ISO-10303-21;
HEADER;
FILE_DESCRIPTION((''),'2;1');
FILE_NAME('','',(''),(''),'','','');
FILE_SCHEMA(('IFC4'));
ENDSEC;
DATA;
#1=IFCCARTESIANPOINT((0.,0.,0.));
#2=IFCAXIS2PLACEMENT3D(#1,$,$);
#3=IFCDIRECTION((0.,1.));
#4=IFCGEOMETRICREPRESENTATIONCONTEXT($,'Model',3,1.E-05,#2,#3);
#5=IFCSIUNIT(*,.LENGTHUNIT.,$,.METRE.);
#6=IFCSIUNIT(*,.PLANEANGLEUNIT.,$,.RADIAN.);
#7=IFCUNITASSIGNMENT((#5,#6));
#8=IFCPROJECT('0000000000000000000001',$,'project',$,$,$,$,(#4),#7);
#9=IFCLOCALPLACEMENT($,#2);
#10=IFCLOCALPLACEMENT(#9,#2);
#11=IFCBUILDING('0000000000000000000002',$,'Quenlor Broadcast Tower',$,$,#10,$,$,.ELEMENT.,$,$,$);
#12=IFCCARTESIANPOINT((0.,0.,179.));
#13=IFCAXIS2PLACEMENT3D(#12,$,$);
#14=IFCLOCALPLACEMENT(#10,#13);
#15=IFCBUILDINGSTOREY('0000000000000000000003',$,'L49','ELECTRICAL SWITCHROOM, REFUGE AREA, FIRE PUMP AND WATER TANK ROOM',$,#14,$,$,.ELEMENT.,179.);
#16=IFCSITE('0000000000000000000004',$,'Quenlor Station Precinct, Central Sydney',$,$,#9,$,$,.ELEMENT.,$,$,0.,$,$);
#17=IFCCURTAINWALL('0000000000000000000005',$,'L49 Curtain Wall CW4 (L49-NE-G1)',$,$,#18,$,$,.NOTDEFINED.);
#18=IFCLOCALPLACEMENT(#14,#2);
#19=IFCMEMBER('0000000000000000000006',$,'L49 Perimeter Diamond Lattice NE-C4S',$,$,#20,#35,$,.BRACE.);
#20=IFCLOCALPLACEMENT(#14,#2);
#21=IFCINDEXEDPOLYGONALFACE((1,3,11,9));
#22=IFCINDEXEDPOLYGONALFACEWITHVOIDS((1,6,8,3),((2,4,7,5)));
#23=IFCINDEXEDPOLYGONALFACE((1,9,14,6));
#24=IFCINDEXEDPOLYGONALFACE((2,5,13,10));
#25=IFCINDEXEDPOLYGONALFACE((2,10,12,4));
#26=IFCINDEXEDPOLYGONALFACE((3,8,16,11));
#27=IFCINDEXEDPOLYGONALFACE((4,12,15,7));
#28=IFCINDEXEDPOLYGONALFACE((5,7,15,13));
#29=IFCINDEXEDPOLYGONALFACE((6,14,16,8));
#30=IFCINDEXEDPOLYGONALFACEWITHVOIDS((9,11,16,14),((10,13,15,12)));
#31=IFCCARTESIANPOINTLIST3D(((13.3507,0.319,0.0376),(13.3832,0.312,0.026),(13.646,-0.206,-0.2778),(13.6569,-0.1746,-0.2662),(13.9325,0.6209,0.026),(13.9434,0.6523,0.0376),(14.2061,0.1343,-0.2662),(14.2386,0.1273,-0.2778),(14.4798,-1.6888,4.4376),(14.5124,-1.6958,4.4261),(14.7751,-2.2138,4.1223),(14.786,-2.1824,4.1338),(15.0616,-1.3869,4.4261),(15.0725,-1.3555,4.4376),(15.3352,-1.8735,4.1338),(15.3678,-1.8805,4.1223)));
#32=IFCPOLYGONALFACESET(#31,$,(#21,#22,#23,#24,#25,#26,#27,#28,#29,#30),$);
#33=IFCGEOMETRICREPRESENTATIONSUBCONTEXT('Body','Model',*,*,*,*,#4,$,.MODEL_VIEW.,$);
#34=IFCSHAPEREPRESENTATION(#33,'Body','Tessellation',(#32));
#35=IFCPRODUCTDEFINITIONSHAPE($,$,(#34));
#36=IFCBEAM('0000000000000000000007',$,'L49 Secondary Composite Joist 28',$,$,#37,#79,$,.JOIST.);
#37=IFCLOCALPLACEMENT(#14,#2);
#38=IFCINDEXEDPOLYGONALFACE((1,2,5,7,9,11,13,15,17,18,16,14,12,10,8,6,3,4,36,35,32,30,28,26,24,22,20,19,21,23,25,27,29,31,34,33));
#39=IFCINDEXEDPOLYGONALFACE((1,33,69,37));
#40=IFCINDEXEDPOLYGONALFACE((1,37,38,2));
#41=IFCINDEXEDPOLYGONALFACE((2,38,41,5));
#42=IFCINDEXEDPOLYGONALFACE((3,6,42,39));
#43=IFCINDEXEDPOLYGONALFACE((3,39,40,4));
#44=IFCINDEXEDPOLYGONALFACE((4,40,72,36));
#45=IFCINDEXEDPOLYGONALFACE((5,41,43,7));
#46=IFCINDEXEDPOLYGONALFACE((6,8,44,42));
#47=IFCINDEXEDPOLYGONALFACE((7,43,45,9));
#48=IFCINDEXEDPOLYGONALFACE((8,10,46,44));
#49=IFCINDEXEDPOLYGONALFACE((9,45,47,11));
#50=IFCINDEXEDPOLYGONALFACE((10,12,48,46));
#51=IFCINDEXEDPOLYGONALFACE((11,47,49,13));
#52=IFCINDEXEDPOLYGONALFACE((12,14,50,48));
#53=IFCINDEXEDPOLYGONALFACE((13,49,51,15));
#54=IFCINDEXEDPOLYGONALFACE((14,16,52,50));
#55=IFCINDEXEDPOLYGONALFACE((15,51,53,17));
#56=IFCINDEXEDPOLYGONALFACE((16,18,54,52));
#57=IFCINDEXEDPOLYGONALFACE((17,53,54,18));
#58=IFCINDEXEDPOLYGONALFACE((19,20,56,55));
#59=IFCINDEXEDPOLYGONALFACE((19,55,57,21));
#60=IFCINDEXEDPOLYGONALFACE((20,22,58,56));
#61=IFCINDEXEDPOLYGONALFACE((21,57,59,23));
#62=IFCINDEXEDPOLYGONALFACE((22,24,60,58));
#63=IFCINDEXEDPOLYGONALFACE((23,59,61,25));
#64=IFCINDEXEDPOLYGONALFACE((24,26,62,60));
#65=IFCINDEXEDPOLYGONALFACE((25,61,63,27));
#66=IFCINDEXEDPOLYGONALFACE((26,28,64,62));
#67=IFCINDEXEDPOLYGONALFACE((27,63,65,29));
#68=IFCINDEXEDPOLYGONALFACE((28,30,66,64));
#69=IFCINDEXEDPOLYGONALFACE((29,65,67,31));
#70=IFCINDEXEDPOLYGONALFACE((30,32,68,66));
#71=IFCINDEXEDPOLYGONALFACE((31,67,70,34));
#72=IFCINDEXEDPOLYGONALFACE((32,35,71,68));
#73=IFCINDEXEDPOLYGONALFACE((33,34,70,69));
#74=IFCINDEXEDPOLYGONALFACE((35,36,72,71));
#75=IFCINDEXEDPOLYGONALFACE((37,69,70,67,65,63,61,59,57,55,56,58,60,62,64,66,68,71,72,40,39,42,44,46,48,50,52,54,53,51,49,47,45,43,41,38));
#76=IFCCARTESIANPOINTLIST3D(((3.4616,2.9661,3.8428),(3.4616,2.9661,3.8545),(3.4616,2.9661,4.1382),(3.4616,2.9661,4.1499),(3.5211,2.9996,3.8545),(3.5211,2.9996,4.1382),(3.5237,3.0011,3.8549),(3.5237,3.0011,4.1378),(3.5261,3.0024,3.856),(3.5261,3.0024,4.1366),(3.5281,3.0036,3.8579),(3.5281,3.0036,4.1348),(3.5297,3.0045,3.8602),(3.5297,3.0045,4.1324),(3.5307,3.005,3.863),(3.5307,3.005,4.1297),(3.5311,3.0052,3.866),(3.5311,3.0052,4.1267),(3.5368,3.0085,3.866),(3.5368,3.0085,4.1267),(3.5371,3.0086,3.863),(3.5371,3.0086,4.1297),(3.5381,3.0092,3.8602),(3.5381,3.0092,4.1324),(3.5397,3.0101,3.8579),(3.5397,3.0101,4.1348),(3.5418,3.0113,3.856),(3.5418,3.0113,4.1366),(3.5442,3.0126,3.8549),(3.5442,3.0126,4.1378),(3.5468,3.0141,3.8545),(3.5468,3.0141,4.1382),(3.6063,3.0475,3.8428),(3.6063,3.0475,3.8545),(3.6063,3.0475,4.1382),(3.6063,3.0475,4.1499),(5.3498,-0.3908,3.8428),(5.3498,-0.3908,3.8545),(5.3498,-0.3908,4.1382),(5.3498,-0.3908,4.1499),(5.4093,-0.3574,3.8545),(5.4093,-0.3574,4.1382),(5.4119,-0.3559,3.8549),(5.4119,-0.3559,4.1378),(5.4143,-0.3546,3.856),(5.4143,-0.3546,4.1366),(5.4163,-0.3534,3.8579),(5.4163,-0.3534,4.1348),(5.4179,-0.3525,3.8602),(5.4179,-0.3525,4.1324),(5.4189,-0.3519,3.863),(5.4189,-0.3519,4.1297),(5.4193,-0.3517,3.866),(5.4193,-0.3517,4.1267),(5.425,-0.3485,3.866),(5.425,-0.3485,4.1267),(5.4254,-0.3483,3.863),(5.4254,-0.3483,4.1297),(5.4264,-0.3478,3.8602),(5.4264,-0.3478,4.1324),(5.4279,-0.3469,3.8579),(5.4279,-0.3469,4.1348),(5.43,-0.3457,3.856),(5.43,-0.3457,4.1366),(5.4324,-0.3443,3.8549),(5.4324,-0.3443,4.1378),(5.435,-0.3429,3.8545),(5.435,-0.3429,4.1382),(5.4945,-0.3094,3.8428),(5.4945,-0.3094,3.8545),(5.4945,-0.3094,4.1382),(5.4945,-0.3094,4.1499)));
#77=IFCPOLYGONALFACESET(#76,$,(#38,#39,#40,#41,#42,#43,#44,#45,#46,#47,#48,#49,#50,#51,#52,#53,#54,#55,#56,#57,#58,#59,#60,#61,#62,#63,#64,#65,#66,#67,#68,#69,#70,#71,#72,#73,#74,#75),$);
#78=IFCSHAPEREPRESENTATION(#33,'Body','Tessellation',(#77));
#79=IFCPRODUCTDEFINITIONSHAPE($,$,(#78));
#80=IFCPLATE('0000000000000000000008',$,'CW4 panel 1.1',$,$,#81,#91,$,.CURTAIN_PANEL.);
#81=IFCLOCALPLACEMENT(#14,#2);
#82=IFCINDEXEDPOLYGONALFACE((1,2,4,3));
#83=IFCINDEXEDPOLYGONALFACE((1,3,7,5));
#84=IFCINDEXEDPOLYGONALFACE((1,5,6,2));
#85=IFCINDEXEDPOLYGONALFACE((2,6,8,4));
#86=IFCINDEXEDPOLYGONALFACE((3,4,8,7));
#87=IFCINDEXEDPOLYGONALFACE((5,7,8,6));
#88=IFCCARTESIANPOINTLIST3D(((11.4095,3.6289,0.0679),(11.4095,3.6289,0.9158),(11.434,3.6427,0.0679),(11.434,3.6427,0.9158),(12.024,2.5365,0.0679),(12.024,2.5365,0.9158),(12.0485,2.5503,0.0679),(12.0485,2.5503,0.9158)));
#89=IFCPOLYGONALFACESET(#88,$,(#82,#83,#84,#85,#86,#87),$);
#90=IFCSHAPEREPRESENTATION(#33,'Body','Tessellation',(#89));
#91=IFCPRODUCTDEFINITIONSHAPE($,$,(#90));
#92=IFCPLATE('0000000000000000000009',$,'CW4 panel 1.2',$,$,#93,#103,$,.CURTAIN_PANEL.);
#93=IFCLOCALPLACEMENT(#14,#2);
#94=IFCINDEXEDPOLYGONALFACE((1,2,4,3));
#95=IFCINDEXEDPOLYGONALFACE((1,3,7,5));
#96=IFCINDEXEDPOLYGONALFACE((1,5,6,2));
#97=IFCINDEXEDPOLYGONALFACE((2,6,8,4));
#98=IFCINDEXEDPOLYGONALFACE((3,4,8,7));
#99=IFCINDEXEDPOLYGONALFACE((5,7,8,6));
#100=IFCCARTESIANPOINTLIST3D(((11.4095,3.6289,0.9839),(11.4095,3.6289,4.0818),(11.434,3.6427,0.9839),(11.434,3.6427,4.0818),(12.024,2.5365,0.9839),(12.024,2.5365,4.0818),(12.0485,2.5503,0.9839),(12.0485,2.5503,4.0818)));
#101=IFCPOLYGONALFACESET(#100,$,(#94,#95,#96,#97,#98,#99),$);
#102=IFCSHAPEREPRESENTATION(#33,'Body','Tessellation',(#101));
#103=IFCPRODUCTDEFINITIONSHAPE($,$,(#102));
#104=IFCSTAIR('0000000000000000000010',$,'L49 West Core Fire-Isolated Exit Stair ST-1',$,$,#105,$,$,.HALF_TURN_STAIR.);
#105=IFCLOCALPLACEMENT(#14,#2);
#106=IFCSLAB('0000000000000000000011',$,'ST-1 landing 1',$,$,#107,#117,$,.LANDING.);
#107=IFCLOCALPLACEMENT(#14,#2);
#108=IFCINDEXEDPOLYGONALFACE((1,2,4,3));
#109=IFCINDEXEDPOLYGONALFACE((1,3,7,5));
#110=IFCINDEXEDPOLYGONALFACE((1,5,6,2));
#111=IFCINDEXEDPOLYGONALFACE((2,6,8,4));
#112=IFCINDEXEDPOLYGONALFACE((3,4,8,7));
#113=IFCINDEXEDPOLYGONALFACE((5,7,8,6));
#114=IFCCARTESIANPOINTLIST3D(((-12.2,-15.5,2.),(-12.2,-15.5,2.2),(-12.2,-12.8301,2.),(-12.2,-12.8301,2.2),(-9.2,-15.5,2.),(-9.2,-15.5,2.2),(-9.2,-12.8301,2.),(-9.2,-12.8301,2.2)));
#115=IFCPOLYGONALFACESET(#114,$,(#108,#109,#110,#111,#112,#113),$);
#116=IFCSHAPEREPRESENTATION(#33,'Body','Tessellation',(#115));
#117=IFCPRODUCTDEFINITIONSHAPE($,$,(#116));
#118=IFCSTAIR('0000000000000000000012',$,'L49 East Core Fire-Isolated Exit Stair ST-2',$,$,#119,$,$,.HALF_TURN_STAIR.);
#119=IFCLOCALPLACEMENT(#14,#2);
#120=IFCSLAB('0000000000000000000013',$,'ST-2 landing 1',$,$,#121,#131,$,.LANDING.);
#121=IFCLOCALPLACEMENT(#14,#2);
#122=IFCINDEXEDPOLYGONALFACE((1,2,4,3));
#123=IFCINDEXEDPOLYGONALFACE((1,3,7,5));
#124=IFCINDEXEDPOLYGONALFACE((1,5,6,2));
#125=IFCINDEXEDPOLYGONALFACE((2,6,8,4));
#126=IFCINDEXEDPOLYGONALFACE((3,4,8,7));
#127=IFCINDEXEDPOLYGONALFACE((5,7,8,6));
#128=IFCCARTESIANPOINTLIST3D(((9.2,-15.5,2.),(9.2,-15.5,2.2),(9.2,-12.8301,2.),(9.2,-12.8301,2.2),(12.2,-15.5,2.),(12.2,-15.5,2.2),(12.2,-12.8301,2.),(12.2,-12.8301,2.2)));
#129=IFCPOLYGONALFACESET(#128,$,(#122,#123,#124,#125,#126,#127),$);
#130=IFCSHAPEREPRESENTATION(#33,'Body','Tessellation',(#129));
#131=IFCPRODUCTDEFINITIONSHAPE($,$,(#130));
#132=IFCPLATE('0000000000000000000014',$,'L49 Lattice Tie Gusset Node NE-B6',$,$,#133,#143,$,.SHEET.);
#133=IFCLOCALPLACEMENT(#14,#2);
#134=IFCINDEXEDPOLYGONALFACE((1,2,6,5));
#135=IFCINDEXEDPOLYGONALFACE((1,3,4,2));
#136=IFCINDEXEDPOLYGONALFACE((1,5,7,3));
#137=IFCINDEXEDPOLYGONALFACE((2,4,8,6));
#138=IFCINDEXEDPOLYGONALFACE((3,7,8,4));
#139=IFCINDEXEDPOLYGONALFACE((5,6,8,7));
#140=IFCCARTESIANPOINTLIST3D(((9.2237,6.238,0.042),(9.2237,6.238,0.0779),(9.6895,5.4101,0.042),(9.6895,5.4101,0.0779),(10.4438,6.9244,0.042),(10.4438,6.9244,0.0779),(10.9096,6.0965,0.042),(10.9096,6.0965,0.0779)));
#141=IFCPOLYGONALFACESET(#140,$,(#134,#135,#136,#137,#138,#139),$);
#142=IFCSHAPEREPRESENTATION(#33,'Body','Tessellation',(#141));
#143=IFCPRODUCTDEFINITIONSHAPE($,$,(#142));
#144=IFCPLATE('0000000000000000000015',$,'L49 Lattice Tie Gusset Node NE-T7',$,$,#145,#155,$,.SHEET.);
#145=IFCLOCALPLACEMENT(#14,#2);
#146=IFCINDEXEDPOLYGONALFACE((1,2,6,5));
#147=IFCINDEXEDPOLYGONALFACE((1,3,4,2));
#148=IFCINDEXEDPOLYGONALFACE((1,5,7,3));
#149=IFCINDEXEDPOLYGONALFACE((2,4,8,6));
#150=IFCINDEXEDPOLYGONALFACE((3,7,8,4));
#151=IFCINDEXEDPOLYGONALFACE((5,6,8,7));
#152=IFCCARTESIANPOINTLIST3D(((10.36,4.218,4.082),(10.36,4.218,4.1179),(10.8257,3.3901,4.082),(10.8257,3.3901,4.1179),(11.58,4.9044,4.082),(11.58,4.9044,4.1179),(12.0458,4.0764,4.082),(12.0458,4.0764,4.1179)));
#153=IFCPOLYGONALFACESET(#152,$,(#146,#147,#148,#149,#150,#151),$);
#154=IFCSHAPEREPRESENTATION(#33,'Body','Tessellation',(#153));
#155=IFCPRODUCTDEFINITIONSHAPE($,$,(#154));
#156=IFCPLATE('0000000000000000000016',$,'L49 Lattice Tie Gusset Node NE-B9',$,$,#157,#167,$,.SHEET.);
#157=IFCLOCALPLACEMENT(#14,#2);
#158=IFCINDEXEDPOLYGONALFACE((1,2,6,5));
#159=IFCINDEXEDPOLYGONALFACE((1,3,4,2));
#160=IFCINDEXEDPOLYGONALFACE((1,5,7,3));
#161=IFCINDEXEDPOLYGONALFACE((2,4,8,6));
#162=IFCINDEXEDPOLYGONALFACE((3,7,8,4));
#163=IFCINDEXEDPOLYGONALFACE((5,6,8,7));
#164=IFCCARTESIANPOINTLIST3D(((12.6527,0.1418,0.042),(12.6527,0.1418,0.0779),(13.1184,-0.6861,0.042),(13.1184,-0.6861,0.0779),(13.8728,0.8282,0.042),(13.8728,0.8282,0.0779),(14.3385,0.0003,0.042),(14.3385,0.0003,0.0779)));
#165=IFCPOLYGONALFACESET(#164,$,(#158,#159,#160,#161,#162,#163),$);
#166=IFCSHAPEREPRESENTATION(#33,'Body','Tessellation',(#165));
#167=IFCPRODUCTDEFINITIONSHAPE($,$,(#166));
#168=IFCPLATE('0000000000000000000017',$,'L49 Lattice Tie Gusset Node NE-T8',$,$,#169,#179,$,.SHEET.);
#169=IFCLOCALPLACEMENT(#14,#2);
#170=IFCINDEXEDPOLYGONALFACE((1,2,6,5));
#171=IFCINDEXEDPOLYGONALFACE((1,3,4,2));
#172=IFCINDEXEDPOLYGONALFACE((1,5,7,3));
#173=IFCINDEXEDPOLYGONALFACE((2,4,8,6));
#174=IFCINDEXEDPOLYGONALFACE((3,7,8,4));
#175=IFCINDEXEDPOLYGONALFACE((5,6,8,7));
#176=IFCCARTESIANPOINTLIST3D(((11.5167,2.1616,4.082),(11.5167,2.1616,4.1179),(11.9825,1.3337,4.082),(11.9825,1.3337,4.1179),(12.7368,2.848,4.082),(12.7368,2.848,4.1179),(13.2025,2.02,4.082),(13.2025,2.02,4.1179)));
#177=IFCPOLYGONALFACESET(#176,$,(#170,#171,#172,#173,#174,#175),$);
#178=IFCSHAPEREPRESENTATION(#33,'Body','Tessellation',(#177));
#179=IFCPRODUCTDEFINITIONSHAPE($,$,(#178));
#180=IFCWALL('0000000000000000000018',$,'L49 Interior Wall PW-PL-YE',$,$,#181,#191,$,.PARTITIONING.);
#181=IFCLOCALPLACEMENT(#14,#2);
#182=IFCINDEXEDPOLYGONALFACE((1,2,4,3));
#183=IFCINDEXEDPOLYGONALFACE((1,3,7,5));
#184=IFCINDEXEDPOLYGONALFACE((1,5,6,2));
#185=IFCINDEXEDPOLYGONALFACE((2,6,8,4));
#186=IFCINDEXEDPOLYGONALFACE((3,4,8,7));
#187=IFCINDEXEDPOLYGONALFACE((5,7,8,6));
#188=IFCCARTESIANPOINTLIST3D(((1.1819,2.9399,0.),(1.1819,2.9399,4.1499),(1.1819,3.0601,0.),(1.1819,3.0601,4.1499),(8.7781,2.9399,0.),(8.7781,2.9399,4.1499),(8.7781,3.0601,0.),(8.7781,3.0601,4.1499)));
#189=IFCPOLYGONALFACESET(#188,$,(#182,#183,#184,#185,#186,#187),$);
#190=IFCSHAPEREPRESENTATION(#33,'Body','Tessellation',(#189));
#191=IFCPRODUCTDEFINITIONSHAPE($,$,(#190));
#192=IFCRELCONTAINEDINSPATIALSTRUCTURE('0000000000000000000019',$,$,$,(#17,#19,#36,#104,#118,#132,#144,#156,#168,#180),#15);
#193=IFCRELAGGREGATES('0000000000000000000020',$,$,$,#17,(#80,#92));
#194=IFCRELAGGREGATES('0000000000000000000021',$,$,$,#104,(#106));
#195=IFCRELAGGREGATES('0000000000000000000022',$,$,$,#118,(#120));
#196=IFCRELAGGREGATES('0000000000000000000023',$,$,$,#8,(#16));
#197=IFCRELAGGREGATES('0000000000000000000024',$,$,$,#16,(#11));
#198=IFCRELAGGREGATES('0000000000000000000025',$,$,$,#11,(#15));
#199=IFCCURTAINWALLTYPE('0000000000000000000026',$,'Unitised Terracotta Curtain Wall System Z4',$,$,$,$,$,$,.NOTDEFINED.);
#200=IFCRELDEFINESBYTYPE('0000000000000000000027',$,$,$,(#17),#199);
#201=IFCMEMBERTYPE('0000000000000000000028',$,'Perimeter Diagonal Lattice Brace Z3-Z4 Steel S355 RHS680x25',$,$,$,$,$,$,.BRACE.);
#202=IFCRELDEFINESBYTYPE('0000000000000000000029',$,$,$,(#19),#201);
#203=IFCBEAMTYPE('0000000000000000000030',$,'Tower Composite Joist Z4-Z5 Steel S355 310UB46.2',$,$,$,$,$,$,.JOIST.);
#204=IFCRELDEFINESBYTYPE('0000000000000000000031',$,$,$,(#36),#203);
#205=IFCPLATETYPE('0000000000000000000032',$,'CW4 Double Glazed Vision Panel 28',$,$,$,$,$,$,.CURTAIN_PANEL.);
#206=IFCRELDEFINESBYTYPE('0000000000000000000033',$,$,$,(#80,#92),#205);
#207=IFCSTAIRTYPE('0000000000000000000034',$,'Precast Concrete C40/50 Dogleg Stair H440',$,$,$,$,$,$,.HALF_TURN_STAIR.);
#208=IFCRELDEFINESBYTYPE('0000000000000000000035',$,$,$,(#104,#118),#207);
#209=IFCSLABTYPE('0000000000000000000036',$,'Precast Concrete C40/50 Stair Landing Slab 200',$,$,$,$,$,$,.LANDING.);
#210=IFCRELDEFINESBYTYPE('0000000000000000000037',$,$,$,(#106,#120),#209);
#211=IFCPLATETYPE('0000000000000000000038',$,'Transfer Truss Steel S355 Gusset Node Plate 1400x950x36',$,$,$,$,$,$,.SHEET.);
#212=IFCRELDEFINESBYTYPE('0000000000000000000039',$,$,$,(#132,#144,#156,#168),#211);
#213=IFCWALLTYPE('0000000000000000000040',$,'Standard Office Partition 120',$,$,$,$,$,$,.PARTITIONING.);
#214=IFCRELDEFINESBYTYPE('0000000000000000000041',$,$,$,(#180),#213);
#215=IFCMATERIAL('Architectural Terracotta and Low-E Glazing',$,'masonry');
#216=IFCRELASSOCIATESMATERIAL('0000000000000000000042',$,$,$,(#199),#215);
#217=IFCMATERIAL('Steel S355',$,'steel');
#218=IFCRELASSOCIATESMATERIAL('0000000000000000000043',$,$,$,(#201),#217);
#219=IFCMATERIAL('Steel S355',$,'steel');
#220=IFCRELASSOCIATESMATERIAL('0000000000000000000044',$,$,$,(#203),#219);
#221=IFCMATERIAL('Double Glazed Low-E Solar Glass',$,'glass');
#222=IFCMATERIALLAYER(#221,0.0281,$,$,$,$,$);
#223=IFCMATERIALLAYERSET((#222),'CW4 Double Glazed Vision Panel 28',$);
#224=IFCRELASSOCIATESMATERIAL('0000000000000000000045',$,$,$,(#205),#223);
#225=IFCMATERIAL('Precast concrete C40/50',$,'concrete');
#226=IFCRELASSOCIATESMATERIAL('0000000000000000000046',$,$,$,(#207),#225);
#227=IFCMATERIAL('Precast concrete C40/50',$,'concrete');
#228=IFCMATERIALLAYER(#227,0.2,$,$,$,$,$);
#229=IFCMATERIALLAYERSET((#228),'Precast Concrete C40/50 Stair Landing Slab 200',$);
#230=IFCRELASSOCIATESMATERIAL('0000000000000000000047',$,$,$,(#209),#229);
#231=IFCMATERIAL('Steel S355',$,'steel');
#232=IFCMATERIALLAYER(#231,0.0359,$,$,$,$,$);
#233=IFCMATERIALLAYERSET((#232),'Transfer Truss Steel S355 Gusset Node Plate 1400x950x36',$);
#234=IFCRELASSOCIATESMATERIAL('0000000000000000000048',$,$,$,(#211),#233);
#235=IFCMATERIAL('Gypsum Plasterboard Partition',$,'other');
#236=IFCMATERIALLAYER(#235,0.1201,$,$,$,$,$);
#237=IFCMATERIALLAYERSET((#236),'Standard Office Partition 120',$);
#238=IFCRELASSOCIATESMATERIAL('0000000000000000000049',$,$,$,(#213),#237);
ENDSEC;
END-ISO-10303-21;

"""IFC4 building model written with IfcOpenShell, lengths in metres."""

from ifc_helpers import new_model, si_unit, direction, frame, frame_2d, origin, origin_2d, place, context, subcontext, project, spatial, polyline, rectangle, hollow_rectangle, i_section, outline, extrude, material, layer, layer_set, material_profile, profile_set, type_object, element, aggregate, save


model = new_model("IFC4")

# Units and contexts
model_context = context("Model", 3, precision=1e-05, world=origin(), true_north=direction((0.0, 1.0)))
body_context = subcontext(model_context, "Body", "Model", "MODEL_VIEW")
ifc_project = project(units=[si_unit("LENGTHUNIT", "METRE"), si_unit("PLANEANGLEUNIT", "RADIAN")], contexts=[model_context])

# Site, building, storey
site_placement = place(None, origin())
site = spatial("IfcSite", under=ifc_project, at=site_placement, Name="Quenlor Station Precinct, Central Sydney", CompositionType="ELEMENT", RefElevation=0.0)
building_placement = place(site_placement, origin())
building = spatial("IfcBuilding", under=site, at=building_placement, Name="Quenlor Broadcast Tower", CompositionType="ELEMENT")
storey_placement = place(building_placement, frame((0.0, 0.0, 179.0)))
storey = spatial("IfcBuildingStorey", under=building, at=storey_placement, Name="L49", Description="ELECTRICAL SWITCHROOM, REFUGE AREA, FIRE PUMP AND WATER TANK ROOM", CompositionType="ELEMENT", Elevation=179.0)

# Curtain wall
ifc_material_1 = material(Name="Architectural Terracotta and Low-E Glazing", Category="masonry")
curtain_wall_type = type_object("IfcCurtainWallType", Name="Unitised Terracotta Curtain Wall System Z4", PredefinedType="NOTDEFINED", material=ifc_material_1)
curtain_wall_placement = place(storey_placement, origin())
curtain_wall = element("IfcCurtainWall", 1, at=curtain_wall_placement, inside=storey, type_object=curtain_wall_type, Name="L49 Curtain Wall CW4 (L49-NE-G1)", PredefinedType="NOTDEFINED")

# Member
ifc_material_2 = material(Name="Steel S355", Category="steel")
ifc_material_profile_1 = material_profile(ifc_material_2, hollow_rectangle(XDim=0.6799, YDim=0.6799, WallThickness=0.0249, at=origin_2d()))
ifc_profile_set_1 = profile_set([ifc_material_profile_1], Name="Steel S355 RHS680x680x25")
member_type_1 = type_object("IfcMemberType", Name="Perimeter Diagonal Lattice Brace Z3-Z4 Steel S355 RHS680x25", PredefinedType="BRACE", material=ifc_profile_set_1)
for number, where, z_axis, x_axis, name in (
    (2, (13.7947, 0.2231, -0.1201), (0.227347, -0.404259, 0.885939), (0.871621, 0.490181, 0.0), "L49 Perimeter Diamond Lattice NE-C4S"),
):
    element("IfcMember", number, at=place(storey_placement, frame(where, z_axis=z_axis, x_axis=x_axis)), inside=storey, type_object=member_type_1, Name=name, PredefinedType="BRACE", context=body_context, shape_type="SweptSolid", body=[
        extrude(hollow_rectangle(XDim=0.6799, YDim=0.6799, WallThickness=0.0249, at=origin_2d()), origin(), (0.0, 0.0, 1.0), 4.9666),
    ])

# Beam
ifc_material_3 = material(Name="Steel S355", Category="steel")
ifc_material_profile_2 = material_profile(ifc_material_3, i_section(OverallWidth=0.166, OverallDepth=0.3071, WebThickness=0.0066, FlangeThickness=0.0117, FilletRadius=0.0115, at=origin_2d()))
ifc_profile_set_2 = profile_set([ifc_material_profile_2], Name="Steel S355 310UB46.2")
beam_type_1 = type_object("IfcBeamType", Name="Tower Composite Joist Z4-Z5 Steel S355 310UB46.2", PredefinedType="JOIST", material=ifc_profile_set_2)
beam_1_placement = place(storey_placement, frame((3.5339, 3.0068, 3.9963), z_axis=(0.490243, -0.871586, 0.0), x_axis=(0.871586, 0.490243, 0.0)))
element("IfcBeam", 3, at=beam_1_placement, inside=storey, type_object=beam_type_1, Name="L49 Secondary Composite Joist 28", PredefinedType="JOIST", context=body_context, shape_type="SweptSolid", body=[
    extrude(i_section(OverallWidth=0.166, OverallDepth=0.3071, WebThickness=0.0066, FlangeThickness=0.0117, FilletRadius=0.0115, at=origin_2d()), origin(), (0.0, 0.0, 1.0), 3.8516),
])

# Plates
ifc_material_4 = material(Name="Double Glazed Low-E Solar Glass", Category="glass")
ifc_layer_1 = layer(ifc_material_4, 0.0281)
ifc_layer_set_1 = layer_set([ifc_layer_1], Name="CW4 Double Glazed Vision Panel 28")
plate_type_1 = type_object("IfcPlateType", Name="CW4 Double Glazed Vision Panel 28", PredefinedType="CURTAIN_PANEL", material=ifc_layer_set_1)
plate_1_placement = place(storey_placement, frame((11.729, 3.0896, 0.0679), z_axis=(0.0, 0.0, 1.0), x_axis=(0.490268, -0.871572, 0.0)))
plate_1 = element("IfcPlate", 4, at=plate_1_placement, type_object=plate_type_1, Name="CW4 panel 1.1", PredefinedType="CURTAIN_PANEL", context=body_context, shape_type="SweptSolid", body=[
    extrude(rectangle(XDim=1.2534, YDim=0.0281, at=origin_2d()), origin(), (0.0, 0.0, 1.0), 0.8479),
])
plate_2_placement = place(storey_placement, frame((11.729, 3.0896, 0.9839), z_axis=(0.0, 0.0, 1.0), x_axis=(0.490268, -0.871572, 0.0)))
plate_2 = element("IfcPlate", 5, at=plate_2_placement, type_object=plate_type_1, Name="CW4 panel 1.2", PredefinedType="CURTAIN_PANEL", context=body_context, shape_type="SweptSolid", body=[
    extrude(rectangle(XDim=1.2534, YDim=0.0281, at=origin_2d()), origin(), (0.0, 0.0, 1.0), 3.0979),
])
aggregate(curtain_wall, [plate_1, plate_2])

# Stairs, slabs
ifc_material_5 = material(Name="Precast concrete C40/50", Category="concrete")
stair_type = type_object("IfcStairType", Name="Precast Concrete C40/50 Dogleg Stair H440", PredefinedType="HALF_TURN_STAIR", material=ifc_material_5)
stair_1_placement = place(storey_placement, origin())
stair_1 = element("IfcStair", 6, at=stair_1_placement, inside=storey, type_object=stair_type, Name="L49 West Core Fire-Isolated Exit Stair ST-1", PredefinedType="HALF_TURN_STAIR")
ifc_material_6 = material(Name="Precast concrete C40/50", Category="concrete")
ifc_layer_2 = layer(ifc_material_6, 0.2)
ifc_layer_set_2 = layer_set([ifc_layer_2], Name="Precast Concrete C40/50 Stair Landing Slab 200")
slab_type = type_object("IfcSlabType", Name="Precast Concrete C40/50 Stair Landing Slab 200", PredefinedType="LANDING", material=ifc_layer_set_2)
slab_1_placement = place(storey_placement, frame((0.0, 0.0, 2.0)))
slab_1 = element("IfcSlab", 7, at=slab_1_placement, type_object=slab_type, Name="ST-1 landing 1", PredefinedType="LANDING", context=body_context, shape_type="SweptSolid", body=[
    extrude(outline(polyline([(-12.2, -12.8301), (-12.2, -15.5), (-9.2, -15.5), (-9.2, -12.8301), (-12.2, -12.8301)])), origin(), (0.0, 0.0, 1.0), 0.2),
])
aggregate(stair_1, [slab_1])
stair_2_placement = place(storey_placement, origin())
stair_2 = element("IfcStair", 8, at=stair_2_placement, inside=storey, type_object=stair_type, Name="L49 East Core Fire-Isolated Exit Stair ST-2", PredefinedType="HALF_TURN_STAIR")
slab_2_placement = place(storey_placement, frame((0.0, 0.0, 2.0)))
slab_2 = element("IfcSlab", 9, at=slab_2_placement, type_object=slab_type, Name="ST-2 landing 1", PredefinedType="LANDING", context=body_context, shape_type="SweptSolid", body=[
    extrude(outline(polyline([(9.2, -12.8301), (9.2, -15.5), (12.2, -15.5), (12.2, -12.8301), (9.2, -12.8301)])), origin(), (0.0, 0.0, 1.0), 0.2),
])
aggregate(stair_2, [slab_2])

# Plates
ifc_material_7 = material(Name="Steel S355", Category="steel")
ifc_layer_3 = layer(ifc_material_7, 0.0359)
ifc_layer_set_3 = layer_set([ifc_layer_3], Name="Transfer Truss Steel S355 Gusset Node Plate 1400x950x36")
plate_type_2 = type_object("IfcPlateType", Name="Transfer Truss Steel S355 Gusset Node Plate 1400x950x36", PredefinedType="SHEET", material=ifc_layer_set_3)
for number, where, z_axis, x_axis, name in (
    (10, (10.0667, 6.1672, 0.042), (0.0, 0.0, 1.0), (0.871556, 0.490295, 0.0), "L49 Lattice Tie Gusset Node NE-B6"),
    (11, (11.2029, 4.1472, 4.082), (0.0, 0.0, 1.0), (0.871556, 0.490295, 0.0), "L49 Lattice Tie Gusset Node NE-T7"),
    (12, (13.4956, 0.071, 0.042), (0.0, 0.0, 1.0), (0.871556, 0.490295, 0.0), "L49 Lattice Tie Gusset Node NE-B9"),
    (13, (12.3596, 2.0908, 4.082), (0.0, 0.0, 1.0), (0.871556, 0.490295, 0.0), "L49 Lattice Tie Gusset Node NE-T8"),
):
    element("IfcPlate", number, at=place(storey_placement, frame(where, z_axis=z_axis, x_axis=x_axis)), inside=storey, type_object=plate_type_2, Name=name, PredefinedType="SHEET", context=body_context, shape_type="SweptSolid", body=[
        extrude(rectangle(XDim=1.3999, YDim=0.95, at=origin_2d()), origin(), (0.0, 0.0, 1.0), 0.0359),
    ])

# Wall
ifc_material_8 = material(Name="Gypsum Plasterboard Partition", Category="other")
ifc_layer_4 = layer(ifc_material_8, 0.1201)
ifc_layer_set_4 = layer_set([ifc_layer_4], Name="Standard Office Partition 120")
wall_type_1 = type_object("IfcWallType", Name="Standard Office Partition 120", PredefinedType="PARTITIONING", material=ifc_layer_set_4)
wall_1_placement = place(storey_placement, frame((1.1819, 3.0, 0.0), z_axis=(0.0, 0.0, 1.0), x_axis=(1.0, 0.0, 0.0)))
element("IfcWall", 14, at=wall_1_placement, inside=storey, type_object=wall_type_1, Name="L49 Interior Wall PW-PL-YE", PredefinedType="PARTITIONING", context=body_context, shape_type="SweptSolid", body=[
    extrude(rectangle(XDim=7.5962, YDim=0.1201, at=frame_2d((3.7981, 0.0))), origin(), (0.0, 0.0, 1.0), 4.1499),
])

save(model, "model.ifc")
